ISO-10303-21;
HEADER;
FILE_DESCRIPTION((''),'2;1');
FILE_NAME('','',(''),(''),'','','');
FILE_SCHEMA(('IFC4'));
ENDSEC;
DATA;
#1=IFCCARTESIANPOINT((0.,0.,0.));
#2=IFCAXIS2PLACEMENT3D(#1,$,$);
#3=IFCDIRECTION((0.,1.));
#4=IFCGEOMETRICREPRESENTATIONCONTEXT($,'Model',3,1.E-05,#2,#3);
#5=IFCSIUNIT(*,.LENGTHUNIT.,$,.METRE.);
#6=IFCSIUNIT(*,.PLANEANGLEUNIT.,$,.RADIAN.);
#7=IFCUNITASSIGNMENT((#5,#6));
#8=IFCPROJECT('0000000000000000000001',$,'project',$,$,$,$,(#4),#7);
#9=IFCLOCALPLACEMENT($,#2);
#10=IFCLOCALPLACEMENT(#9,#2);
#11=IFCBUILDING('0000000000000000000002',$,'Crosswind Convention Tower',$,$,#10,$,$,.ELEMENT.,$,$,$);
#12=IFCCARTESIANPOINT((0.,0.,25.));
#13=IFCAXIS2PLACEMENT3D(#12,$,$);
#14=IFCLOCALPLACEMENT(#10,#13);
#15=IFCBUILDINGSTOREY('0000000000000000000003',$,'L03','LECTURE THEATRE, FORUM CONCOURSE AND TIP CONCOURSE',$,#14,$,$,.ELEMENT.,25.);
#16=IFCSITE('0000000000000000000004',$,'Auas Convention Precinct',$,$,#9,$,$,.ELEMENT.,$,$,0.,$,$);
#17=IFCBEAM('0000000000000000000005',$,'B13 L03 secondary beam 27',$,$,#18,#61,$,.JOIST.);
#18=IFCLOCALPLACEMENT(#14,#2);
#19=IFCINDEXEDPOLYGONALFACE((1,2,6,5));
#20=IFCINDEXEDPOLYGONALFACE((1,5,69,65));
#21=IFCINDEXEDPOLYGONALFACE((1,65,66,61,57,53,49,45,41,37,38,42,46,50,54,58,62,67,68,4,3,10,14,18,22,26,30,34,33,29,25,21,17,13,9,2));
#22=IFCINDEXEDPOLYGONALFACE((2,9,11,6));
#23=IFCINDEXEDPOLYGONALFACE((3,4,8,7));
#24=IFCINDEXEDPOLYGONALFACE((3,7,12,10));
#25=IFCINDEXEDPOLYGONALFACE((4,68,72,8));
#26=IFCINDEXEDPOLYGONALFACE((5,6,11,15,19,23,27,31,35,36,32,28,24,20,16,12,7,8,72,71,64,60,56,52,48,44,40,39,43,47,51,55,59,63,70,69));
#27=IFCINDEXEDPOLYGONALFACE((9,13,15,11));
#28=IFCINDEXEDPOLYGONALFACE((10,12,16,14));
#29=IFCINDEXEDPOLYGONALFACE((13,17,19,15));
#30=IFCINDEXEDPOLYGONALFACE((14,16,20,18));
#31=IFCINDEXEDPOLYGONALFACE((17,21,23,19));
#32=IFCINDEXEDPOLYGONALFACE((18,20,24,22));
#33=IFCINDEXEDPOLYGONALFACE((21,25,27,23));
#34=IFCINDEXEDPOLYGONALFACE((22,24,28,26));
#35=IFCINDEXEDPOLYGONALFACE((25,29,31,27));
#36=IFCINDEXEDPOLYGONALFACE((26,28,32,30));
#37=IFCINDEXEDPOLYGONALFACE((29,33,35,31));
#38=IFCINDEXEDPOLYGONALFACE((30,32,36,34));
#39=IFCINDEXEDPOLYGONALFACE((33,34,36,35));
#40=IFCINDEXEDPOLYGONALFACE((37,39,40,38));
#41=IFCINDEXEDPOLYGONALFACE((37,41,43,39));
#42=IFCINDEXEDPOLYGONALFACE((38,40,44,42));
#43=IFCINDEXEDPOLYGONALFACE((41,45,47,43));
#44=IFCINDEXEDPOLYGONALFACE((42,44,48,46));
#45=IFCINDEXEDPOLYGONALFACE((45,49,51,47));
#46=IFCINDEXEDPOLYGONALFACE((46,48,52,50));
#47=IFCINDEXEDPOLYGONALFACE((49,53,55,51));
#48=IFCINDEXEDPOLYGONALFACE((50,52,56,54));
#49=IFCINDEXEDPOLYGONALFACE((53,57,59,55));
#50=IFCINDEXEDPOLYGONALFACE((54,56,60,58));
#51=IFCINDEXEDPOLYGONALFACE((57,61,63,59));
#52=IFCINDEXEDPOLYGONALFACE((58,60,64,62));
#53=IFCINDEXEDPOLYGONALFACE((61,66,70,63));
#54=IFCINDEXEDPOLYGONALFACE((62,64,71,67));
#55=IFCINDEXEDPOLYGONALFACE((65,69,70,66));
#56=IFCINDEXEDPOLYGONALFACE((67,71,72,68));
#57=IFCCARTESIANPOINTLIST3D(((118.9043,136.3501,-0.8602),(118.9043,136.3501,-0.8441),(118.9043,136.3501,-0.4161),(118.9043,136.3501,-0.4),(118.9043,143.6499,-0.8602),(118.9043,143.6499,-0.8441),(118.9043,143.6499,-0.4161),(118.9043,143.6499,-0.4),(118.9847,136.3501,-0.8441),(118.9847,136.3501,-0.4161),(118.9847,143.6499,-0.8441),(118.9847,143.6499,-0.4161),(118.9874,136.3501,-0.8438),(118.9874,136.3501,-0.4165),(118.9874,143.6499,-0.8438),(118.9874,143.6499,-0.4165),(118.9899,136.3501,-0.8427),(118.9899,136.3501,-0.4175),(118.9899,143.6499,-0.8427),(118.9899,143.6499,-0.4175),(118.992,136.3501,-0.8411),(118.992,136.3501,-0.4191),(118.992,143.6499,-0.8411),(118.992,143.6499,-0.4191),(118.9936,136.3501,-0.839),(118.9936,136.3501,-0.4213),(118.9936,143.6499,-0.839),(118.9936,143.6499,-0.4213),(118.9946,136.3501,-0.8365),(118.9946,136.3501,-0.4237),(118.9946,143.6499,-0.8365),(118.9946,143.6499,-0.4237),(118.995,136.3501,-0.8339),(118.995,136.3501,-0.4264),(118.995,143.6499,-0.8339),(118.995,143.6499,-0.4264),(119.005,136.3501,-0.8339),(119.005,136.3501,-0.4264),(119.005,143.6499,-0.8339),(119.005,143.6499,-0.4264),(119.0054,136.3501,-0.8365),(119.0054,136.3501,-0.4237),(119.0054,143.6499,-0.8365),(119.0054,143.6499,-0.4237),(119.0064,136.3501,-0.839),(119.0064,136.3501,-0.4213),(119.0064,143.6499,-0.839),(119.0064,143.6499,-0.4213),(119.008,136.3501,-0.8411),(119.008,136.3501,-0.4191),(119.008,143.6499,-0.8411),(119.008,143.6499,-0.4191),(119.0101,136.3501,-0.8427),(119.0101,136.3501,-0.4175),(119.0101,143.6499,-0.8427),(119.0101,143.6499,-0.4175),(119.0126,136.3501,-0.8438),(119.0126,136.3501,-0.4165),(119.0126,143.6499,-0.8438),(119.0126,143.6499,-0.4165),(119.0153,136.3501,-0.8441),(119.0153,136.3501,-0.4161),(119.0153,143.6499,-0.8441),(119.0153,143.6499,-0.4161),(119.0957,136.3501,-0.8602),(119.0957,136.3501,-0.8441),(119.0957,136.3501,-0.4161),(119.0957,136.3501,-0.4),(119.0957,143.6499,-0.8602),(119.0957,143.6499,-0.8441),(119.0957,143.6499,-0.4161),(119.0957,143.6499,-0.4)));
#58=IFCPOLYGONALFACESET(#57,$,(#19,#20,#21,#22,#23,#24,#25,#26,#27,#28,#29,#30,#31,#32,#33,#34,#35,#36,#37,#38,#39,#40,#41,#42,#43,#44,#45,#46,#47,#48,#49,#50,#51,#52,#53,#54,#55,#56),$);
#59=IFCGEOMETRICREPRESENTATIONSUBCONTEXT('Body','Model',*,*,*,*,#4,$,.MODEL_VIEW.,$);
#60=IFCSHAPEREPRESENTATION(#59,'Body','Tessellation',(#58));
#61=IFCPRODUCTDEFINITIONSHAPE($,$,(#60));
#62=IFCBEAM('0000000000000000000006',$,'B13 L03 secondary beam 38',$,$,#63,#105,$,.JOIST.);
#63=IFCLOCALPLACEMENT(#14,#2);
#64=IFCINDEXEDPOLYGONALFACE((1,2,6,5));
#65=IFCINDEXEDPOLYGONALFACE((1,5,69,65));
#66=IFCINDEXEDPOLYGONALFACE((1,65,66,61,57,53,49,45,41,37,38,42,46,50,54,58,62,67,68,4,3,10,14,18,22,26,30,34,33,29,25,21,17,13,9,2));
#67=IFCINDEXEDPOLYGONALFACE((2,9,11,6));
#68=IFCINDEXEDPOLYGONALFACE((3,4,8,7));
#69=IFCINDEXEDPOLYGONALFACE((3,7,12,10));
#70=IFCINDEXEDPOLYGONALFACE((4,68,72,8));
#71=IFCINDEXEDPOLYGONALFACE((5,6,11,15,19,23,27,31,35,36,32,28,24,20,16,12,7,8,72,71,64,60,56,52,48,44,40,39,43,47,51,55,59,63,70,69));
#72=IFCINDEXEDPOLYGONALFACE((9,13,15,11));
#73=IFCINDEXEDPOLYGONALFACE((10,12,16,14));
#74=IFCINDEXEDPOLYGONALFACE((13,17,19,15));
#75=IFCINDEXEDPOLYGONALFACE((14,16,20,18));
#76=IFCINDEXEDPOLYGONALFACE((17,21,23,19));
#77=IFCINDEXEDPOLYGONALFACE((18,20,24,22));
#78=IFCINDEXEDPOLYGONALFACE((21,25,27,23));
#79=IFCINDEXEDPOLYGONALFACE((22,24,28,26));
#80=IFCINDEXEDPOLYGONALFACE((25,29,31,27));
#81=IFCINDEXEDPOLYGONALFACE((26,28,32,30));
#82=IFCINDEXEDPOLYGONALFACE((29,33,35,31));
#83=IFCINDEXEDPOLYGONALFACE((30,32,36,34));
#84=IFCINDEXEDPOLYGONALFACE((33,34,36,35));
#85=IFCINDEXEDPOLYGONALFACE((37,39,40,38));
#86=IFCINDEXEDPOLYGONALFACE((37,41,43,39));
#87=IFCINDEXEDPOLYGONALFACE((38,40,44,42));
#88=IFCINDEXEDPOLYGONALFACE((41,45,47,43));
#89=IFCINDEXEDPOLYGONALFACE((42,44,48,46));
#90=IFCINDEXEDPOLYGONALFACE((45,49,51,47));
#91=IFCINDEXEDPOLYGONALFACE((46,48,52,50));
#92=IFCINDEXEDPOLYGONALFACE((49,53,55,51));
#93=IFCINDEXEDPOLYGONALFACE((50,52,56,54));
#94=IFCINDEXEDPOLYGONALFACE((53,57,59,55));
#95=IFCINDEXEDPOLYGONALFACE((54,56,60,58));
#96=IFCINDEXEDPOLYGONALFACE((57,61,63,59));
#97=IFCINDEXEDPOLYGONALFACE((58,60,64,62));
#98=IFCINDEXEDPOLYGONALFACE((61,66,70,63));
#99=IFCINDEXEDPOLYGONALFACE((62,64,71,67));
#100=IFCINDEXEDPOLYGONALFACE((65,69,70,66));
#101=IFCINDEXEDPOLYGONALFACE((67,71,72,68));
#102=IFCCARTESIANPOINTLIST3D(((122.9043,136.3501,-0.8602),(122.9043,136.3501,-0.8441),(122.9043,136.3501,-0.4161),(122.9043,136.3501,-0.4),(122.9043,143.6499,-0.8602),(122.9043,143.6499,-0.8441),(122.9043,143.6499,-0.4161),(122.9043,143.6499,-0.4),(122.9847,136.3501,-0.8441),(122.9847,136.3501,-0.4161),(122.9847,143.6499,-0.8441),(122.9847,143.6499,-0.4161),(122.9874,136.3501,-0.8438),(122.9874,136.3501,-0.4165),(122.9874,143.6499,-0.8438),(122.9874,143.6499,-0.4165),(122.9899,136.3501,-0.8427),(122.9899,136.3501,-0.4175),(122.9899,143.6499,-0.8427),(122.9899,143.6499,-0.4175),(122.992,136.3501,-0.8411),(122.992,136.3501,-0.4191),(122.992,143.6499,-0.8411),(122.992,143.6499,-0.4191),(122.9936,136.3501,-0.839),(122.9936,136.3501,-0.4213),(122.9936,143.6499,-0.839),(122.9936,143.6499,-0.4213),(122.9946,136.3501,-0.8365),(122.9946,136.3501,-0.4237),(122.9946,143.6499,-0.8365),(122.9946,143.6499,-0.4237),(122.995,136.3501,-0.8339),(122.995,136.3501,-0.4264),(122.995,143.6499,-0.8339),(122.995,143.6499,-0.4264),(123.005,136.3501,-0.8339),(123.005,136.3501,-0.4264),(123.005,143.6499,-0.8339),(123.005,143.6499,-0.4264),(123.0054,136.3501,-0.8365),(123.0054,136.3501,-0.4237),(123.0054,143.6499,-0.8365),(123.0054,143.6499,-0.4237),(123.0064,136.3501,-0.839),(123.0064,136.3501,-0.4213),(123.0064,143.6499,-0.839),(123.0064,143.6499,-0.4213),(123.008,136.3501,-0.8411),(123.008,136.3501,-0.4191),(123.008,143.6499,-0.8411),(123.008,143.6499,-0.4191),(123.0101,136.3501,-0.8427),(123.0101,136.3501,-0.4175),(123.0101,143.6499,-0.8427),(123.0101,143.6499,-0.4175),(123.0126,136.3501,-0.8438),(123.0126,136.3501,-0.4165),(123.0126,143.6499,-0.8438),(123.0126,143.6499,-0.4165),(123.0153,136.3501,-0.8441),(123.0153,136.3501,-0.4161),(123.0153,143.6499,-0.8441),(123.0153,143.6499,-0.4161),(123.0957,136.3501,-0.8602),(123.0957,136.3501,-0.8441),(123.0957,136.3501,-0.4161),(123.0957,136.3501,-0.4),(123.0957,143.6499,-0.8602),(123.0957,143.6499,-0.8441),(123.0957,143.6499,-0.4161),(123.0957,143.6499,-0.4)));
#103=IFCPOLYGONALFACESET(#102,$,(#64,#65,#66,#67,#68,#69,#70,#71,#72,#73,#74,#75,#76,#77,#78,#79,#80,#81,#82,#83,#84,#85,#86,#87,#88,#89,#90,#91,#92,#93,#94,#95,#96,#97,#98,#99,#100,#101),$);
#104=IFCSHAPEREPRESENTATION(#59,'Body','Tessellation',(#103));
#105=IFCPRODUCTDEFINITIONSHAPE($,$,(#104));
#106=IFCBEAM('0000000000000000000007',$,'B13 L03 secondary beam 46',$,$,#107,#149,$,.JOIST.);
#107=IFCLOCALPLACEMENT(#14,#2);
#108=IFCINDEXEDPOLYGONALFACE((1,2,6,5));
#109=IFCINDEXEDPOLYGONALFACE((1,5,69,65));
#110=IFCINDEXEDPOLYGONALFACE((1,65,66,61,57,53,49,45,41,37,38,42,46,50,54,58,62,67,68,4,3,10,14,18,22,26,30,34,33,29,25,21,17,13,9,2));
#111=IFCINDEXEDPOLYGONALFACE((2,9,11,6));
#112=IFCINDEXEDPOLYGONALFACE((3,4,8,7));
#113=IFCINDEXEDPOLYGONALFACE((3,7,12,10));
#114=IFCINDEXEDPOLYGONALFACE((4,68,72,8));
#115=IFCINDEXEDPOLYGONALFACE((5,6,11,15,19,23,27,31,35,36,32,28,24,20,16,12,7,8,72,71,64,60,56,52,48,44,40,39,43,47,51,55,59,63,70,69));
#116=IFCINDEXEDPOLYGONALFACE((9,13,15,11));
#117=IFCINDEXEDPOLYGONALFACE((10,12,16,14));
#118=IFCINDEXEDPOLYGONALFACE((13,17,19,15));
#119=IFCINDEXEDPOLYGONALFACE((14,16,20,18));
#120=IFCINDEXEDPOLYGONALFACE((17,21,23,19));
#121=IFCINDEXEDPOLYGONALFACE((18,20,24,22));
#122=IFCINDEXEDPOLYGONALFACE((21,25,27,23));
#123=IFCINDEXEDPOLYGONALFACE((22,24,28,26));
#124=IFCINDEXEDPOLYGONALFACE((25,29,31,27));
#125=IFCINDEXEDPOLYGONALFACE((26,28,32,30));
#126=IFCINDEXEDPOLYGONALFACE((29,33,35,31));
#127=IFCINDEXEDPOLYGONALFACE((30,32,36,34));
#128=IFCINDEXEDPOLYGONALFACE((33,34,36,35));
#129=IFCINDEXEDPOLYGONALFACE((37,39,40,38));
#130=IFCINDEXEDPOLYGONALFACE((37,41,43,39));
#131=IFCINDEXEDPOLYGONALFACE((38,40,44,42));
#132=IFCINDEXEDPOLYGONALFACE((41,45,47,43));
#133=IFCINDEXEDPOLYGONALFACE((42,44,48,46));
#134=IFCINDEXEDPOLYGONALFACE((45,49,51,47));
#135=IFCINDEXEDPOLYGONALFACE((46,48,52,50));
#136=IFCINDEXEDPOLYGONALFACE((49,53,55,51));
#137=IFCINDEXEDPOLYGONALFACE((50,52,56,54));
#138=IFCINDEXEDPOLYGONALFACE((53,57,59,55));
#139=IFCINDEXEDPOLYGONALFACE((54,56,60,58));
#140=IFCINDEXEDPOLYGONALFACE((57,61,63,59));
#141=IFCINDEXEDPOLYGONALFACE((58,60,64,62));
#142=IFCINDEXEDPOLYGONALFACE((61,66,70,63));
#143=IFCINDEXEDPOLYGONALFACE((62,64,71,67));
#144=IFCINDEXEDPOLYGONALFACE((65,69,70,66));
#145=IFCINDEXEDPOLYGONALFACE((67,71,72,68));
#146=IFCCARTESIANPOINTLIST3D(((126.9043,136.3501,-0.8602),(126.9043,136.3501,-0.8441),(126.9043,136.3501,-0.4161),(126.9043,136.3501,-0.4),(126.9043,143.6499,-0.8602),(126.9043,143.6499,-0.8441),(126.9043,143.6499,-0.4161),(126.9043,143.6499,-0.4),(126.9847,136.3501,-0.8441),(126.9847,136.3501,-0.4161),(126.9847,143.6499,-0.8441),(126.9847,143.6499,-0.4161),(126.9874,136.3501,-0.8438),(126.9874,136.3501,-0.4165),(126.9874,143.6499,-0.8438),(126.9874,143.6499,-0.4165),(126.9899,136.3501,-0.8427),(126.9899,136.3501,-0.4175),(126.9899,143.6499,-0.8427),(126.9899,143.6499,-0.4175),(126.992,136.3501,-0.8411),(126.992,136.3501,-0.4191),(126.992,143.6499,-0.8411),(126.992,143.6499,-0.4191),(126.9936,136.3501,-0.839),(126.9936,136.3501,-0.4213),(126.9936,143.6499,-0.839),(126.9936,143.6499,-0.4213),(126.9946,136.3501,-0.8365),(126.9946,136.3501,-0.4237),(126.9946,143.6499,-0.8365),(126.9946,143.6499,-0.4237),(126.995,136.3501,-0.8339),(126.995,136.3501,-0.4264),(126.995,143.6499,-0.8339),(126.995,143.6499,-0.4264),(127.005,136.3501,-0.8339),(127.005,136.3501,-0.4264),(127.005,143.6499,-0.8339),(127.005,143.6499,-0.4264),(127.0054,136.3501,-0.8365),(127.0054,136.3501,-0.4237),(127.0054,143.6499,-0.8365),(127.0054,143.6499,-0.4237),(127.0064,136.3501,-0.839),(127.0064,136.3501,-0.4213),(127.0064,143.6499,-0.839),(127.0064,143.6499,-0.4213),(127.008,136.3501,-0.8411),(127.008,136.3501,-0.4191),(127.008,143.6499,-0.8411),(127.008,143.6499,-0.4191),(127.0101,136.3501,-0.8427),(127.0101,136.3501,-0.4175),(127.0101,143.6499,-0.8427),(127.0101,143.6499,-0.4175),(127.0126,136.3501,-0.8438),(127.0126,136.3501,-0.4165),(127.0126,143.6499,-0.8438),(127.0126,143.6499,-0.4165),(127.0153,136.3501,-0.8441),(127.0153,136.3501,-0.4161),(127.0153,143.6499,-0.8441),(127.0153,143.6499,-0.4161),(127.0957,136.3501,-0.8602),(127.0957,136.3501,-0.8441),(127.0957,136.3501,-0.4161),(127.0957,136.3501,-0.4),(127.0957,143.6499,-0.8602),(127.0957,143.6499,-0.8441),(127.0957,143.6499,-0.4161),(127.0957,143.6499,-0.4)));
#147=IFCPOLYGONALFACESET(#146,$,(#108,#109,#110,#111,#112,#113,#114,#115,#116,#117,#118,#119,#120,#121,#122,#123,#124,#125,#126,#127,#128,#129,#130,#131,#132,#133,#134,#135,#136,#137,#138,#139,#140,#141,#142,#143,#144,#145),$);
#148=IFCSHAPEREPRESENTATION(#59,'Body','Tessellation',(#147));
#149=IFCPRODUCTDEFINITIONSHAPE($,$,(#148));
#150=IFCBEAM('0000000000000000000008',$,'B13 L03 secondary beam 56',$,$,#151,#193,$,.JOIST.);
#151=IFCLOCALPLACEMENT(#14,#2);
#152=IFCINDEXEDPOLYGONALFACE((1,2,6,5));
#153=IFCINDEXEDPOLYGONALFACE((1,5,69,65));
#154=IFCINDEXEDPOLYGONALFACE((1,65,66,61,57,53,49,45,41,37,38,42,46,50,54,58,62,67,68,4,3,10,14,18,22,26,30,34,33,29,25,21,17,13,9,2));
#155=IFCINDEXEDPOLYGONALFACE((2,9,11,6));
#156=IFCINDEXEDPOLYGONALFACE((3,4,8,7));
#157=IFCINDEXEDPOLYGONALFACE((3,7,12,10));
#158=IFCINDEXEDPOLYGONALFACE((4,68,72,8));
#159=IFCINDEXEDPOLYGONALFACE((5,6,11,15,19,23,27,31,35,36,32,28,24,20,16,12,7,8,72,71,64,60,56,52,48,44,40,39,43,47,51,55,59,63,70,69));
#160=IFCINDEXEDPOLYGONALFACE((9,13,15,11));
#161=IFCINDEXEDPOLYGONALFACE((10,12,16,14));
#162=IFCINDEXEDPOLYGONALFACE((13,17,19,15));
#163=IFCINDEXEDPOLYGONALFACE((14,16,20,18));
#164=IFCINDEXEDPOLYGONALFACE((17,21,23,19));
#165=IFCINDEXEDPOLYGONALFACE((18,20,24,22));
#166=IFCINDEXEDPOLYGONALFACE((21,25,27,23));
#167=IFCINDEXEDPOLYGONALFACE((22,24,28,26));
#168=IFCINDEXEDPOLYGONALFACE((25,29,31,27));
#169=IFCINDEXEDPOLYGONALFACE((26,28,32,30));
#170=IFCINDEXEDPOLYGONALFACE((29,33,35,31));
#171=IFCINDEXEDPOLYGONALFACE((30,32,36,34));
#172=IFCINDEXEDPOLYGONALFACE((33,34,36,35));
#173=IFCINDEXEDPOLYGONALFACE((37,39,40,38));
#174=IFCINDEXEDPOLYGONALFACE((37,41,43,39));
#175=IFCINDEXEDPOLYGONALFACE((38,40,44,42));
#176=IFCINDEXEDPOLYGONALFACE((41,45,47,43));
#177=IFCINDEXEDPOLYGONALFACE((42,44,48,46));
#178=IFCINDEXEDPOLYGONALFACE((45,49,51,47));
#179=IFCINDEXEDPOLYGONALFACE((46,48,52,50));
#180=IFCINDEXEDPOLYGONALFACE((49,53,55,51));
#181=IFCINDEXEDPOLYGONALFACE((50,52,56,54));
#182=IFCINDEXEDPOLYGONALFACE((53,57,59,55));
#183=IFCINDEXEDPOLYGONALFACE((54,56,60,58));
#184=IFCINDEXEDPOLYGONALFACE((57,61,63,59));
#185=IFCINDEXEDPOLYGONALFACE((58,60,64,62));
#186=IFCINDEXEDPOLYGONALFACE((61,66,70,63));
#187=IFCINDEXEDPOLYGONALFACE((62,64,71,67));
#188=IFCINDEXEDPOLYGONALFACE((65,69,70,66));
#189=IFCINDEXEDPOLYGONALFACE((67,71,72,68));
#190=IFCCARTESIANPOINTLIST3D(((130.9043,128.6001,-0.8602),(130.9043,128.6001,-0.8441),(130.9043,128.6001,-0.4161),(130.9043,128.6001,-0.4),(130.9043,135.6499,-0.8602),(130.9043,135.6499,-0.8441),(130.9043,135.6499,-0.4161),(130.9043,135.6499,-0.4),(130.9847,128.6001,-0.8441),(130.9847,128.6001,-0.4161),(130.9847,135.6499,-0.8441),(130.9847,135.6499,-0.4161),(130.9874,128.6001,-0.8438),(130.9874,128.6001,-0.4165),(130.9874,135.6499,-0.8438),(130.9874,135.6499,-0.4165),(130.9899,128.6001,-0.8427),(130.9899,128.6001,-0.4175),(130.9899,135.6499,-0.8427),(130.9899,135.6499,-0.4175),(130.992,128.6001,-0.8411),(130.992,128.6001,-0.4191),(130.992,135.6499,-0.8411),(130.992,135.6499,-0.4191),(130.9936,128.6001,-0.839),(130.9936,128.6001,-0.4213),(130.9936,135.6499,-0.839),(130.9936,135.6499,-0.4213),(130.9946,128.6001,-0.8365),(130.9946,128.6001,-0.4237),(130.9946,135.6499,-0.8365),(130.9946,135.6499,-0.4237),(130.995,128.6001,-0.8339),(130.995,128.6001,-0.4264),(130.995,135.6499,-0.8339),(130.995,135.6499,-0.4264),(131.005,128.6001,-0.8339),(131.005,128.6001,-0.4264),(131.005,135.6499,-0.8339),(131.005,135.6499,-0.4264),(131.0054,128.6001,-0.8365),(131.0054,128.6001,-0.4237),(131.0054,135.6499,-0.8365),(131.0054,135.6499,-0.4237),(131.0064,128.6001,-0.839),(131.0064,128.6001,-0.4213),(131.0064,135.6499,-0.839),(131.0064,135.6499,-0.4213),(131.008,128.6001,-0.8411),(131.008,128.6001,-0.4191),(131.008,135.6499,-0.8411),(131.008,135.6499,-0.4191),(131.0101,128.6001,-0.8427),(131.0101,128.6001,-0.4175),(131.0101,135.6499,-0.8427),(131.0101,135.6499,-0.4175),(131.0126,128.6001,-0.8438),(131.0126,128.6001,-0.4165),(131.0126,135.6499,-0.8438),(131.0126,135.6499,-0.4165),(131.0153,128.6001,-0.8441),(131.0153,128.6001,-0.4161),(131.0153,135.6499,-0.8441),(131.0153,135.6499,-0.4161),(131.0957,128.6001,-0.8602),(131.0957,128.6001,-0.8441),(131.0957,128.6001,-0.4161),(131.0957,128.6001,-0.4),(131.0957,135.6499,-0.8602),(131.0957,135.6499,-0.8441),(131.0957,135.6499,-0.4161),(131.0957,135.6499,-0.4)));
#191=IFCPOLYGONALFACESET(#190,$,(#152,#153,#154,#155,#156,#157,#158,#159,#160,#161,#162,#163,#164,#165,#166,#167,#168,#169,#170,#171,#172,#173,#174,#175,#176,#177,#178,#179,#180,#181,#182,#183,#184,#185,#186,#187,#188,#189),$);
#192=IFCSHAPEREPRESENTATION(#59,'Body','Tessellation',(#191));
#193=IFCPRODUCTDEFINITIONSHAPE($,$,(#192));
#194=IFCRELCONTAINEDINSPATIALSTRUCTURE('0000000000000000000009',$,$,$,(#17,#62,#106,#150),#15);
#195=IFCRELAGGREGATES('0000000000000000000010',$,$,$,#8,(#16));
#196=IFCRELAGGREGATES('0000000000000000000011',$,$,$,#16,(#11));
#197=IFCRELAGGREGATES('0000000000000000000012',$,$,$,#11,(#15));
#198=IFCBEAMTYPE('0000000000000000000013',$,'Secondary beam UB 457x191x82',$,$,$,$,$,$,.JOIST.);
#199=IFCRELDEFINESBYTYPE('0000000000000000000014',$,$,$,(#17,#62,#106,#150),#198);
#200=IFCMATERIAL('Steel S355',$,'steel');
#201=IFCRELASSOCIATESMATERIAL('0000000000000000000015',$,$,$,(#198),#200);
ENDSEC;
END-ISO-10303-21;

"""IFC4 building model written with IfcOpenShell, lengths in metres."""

from ifc_helpers import new_model, si_unit, direction, frame, origin, origin_2d, place, context, subcontext, project, spatial, i_section, extrude, material, material_profile, profile_set, type_object, element, save


model = new_model("IFC4")

# Units and contexts
model_context = context("Model", 3, precision=1e-05, world=origin(), true_north=direction((0.0, 1.0)))
body_context = subcontext(model_context, "Body", "Model", "MODEL_VIEW")
ifc_project = project(units=[si_unit("LENGTHUNIT", "METRE"), si_unit("PLANEANGLEUNIT", "RADIAN")], contexts=[model_context])

# Site, building, storey
site_placement = place(None, origin())
site = spatial("IfcSite", under=ifc_project, at=site_placement, Name="Auas Convention Precinct", CompositionType="ELEMENT", RefElevation=0.0)
building_placement = place(site_placement, origin())
building = spatial("IfcBuilding", under=site, at=building_placement, Name="Crosswind Convention Tower", CompositionType="ELEMENT")
storey_placement = place(building_placement, frame((0.0, 0.0, 25.0)))
storey = spatial("IfcBuildingStorey", under=building, at=storey_placement, Name="L03", Description="LECTURE THEATRE, FORUM CONCOURSE AND TIP CONCOURSE", CompositionType="ELEMENT", Elevation=25.0)

# Shared definitions
ifc_material_1 = material(Name="Steel S355", Category="steel")

# Beams
ifc_material_profile_1 = material_profile(ifc_material_1, i_section(OverallWidth=0.1914, OverallDepth=0.4602, WebThickness=0.01, FlangeThickness=0.0161, FilletRadius=0.0103, at=origin_2d()), Name="UB 457x191x82")
ifc_profile_set_1 = profile_set([ifc_material_profile_1], Name="Steel S355")
beam_type_1 = type_object("IfcBeamType", Name="Secondary beam UB 457x191x82", PredefinedType="JOIST", material=ifc_profile_set_1)
for number, where, z_axis, x_axis, name in (
    (1, (119.0, 136.3501, -0.6301), (0.0, 1.0, 0.0), (-1.0, 0.0, 0.0), "B13 L03 secondary beam 27"),
    (2, (123.0, 136.3501, -0.6301), (0.0, 1.0, 0.0), (-1.0, 0.0, 0.0), "B13 L03 secondary beam 38"),
    (3, (127.0, 136.3501, -0.6301), (0.0, 1.0, 0.0), (-1.0, 0.0, 0.0), "B13 L03 secondary beam 46"),
):
    element("IfcBeam", number, at=place(storey_placement, frame(where, z_axis=z_axis, x_axis=x_axis)), inside=storey, type_object=beam_type_1, Name=name, PredefinedType="JOIST", context=body_context, shape_type="SweptSolid", body=[
        extrude(i_section(OverallWidth=0.1914, OverallDepth=0.4602, WebThickness=0.01, FlangeThickness=0.0161, FilletRadius=0.0103, at=origin_2d()), origin(), (0.0, 0.0, 1.0), 7.2998),
    ])
beam_1_placement = place(storey_placement, frame((131.0, 128.6001, -0.6301), z_axis=(0.0, 1.0, 0.0), x_axis=(-1.0, 0.0, 0.0)))
element("IfcBeam", 4, at=beam_1_placement, inside=storey, type_object=beam_type_1, Name="B13 L03 secondary beam 56", PredefinedType="JOIST", context=body_context, shape_type="SweptSolid", body=[
    extrude(i_section(OverallWidth=0.1914, OverallDepth=0.4602, WebThickness=0.01, FlangeThickness=0.0161, FilletRadius=0.0103, at=origin_2d()), origin(), (0.0, 0.0, 1.0), 7.0498),
])

save(model, "model.ifc")
